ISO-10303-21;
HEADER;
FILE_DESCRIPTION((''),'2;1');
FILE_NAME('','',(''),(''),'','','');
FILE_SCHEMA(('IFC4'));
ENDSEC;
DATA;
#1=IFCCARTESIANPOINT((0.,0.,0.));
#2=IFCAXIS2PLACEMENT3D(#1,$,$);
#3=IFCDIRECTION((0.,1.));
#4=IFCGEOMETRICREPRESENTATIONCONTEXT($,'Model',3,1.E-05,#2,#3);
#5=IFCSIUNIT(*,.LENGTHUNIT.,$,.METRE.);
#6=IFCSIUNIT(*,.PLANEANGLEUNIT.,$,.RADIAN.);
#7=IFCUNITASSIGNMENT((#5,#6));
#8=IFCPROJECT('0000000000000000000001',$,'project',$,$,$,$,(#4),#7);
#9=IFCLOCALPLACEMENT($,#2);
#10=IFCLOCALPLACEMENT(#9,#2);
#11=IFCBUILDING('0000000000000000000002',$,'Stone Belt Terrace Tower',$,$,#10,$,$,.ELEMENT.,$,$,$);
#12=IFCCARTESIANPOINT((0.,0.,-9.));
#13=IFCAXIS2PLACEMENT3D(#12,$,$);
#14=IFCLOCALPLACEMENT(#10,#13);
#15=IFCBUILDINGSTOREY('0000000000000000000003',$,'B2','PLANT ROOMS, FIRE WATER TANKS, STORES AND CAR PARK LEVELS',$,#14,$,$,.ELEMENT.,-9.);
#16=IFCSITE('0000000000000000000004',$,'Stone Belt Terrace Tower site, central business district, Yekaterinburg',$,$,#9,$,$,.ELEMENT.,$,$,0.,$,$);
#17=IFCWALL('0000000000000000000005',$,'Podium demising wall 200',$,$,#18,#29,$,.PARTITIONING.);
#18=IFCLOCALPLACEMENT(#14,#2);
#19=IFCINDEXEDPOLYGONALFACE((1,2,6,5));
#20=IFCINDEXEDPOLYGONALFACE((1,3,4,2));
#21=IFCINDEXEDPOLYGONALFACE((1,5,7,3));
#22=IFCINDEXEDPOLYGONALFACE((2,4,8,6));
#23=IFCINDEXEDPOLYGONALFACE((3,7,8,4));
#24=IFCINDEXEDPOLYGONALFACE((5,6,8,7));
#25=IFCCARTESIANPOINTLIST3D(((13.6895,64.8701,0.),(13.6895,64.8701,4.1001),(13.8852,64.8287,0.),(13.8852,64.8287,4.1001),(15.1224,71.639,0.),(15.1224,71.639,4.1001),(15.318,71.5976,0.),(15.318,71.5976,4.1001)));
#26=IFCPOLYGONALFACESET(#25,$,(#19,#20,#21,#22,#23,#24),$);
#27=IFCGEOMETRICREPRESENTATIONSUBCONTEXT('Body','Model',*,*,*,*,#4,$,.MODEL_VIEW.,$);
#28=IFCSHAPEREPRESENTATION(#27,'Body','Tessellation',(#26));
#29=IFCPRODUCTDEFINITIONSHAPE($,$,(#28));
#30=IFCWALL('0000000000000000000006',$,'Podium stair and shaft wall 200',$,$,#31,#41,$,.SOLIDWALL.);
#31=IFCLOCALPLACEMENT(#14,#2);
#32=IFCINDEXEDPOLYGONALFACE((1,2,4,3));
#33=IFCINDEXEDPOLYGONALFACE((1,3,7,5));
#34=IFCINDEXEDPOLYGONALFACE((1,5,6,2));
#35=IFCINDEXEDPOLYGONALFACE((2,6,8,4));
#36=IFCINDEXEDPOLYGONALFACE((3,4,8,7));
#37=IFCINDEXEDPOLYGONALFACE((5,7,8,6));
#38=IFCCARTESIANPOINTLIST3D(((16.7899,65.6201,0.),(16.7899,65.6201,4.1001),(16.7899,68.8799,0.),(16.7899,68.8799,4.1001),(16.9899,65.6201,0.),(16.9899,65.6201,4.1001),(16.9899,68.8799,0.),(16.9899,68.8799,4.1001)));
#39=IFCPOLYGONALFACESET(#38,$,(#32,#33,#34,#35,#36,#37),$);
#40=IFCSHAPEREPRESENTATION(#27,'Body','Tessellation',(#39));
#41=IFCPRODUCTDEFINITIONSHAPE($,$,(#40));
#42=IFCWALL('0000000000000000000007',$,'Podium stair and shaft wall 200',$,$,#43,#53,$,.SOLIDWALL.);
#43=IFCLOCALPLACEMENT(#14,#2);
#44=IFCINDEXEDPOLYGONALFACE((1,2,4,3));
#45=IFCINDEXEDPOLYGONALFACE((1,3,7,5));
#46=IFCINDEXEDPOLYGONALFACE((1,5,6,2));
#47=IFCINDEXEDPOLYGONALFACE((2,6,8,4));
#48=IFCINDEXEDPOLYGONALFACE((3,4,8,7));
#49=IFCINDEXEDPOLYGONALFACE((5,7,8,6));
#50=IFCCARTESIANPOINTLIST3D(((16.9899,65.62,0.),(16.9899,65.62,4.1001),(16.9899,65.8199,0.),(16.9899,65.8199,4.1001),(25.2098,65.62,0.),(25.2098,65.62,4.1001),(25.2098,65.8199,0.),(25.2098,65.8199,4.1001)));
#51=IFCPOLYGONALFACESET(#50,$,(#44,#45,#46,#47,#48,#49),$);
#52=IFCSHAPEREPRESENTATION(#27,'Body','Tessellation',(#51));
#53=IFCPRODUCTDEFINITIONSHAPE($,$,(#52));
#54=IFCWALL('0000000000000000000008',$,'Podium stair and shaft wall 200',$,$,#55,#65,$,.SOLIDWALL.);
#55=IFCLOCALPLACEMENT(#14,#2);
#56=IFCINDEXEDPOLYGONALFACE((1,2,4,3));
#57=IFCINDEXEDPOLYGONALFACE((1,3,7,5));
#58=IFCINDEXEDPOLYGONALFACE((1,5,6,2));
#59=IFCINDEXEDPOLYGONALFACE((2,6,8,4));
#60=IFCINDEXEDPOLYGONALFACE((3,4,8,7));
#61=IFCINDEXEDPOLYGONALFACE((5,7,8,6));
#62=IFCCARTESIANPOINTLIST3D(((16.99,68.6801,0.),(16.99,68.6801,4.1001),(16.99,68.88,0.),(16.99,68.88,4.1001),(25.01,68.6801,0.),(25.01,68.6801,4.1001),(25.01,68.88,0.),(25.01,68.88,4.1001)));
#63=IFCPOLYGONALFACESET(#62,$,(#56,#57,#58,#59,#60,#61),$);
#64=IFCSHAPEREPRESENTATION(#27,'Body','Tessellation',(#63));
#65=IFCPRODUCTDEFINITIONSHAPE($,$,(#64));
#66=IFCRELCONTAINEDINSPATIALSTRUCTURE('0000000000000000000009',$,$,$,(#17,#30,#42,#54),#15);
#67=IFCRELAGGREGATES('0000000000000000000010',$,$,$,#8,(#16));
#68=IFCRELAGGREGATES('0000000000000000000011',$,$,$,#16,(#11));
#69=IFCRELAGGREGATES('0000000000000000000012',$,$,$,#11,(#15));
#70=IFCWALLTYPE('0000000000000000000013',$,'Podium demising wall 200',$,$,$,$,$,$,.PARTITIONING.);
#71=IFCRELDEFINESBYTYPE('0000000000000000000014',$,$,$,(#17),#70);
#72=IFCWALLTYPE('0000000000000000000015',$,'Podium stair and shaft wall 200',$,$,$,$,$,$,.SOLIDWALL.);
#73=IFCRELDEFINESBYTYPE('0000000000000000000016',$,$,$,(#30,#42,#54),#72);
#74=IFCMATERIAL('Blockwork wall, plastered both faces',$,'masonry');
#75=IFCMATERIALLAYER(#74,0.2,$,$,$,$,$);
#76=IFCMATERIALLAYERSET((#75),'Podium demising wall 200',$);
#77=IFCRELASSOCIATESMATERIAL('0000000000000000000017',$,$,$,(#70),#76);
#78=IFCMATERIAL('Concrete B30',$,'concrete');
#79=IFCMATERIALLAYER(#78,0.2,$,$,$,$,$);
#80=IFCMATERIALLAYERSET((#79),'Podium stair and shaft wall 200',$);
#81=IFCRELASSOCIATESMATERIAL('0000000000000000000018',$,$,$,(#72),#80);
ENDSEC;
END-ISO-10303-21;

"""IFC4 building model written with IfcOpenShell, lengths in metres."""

from ifc_helpers import new_model, si_unit, direction, frame, frame_2d, origin, place, context, subcontext, project, spatial, rectangle, extrude, material, layer, layer_set, type_object, element, save


model = new_model("IFC4")

# Units and contexts
model_context = context("Model", 3, precision=1e-05, world=origin(), true_north=direction((0.0, 1.0)))
body_context = subcontext(model_context, "Body", "Model", "MODEL_VIEW")
ifc_project = project(units=[si_unit("LENGTHUNIT", "METRE"), si_unit("PLANEANGLEUNIT", "RADIAN")], contexts=[model_context])

# Site, building, storey
site_placement = place(None, origin())
site = spatial("IfcSite", under=ifc_project, at=site_placement, Name="Stone Belt Terrace Tower site, central business district, Yekaterinburg", CompositionType="ELEMENT", RefElevation=0.0)
building_placement = place(site_placement, origin())
building = spatial("IfcBuilding", under=site, at=building_placement, Name="Stone Belt Terrace Tower", CompositionType="ELEMENT")
storey_placement = place(building_placement, frame((0.0, 0.0, -9.0)))
storey = spatial("IfcBuildingStorey", under=building, at=storey_placement, Name="B2", Description="PLANT ROOMS, FIRE WATER TANKS, STORES AND CAR PARK LEVELS", CompositionType="ELEMENT", Elevation=-9.0)

# Walls
ifc_material_1 = material(Name="Concrete B30", Category="concrete")
ifc_material_2 = material(Name="Blockwork wall, plastered both faces", Category="masonry")
ifc_layer_1 = layer(ifc_material_2, 0.2)
ifc_layer_set_1 = layer_set([ifc_layer_1], Name="Podium demising wall 200")
wall_type_1 = type_object("IfcWallType", Name="Podium demising wall 200", PredefinedType="PARTITIONING", material=ifc_layer_set_1)
wall_1_placement = place(storey_placement, frame((13.7874, 64.8494, 0.0), z_axis=(0.0, 0.0, 1.0), x_axis=(0.20709, 0.978322, 0.0)))
element("IfcWall", 1, at=wall_1_placement, inside=storey, type_object=wall_type_1, Name="Podium demising wall 200", PredefinedType="PARTITIONING", context=body_context, shape_type="SweptSolid", body=[
    extrude(rectangle(XDim=6.9189, YDim=0.2, at=frame_2d((3.4595, 0.0))), origin(), (0.0, 0.0, 1.0), 4.1001),
])
ifc_layer_2 = layer(ifc_material_1, 0.2)
ifc_layer_set_2 = layer_set([ifc_layer_2], Name="Podium stair and shaft wall 200")
wall_type_2 = type_object("IfcWallType", Name="Podium stair and shaft wall 200", PredefinedType="SOLIDWALL", material=ifc_layer_set_2)
wall_2_placement = place(storey_placement, frame((16.8899, 65.6201, 0.0), z_axis=(0.0, 0.0, 1.0), x_axis=(0.0, 1.0, 0.0)))
element("IfcWall", 2, at=wall_2_placement, inside=storey, type_object=wall_type_2, Name="Podium stair and shaft wall 200", PredefinedType="SOLIDWALL", context=body_context, shape_type="SweptSolid", body=[
    extrude(rectangle(XDim=3.2598, YDim=0.2, at=frame_2d((1.6299, 0.0))), origin(), (0.0, 0.0, 1.0), 4.1001),
])
wall_3_placement = place(storey_placement, frame((16.99, 65.72, 0.0), z_axis=(0.0, 0.0, 1.0), x_axis=(1.0, 0.0, 0.0)))
element("IfcWall", 3, at=wall_3_placement, inside=storey, type_object=wall_type_2, Name="Podium stair and shaft wall 200", PredefinedType="SOLIDWALL", context=body_context, shape_type="SweptSolid", body=[
    extrude(rectangle(XDim=8.22, YDim=0.2, at=frame_2d((4.1099, 0.0))), origin(), (0.0, 0.0, 1.0), 4.1001),
])
wall_4_placement = place(storey_placement, frame((16.99, 68.78, 0.0), z_axis=(0.0, 0.0, 1.0), x_axis=(1.0, 0.0, 0.0)))
element("IfcWall", 4, at=wall_4_placement, inside=storey, type_object=wall_type_2, Name="Podium stair and shaft wall 200", PredefinedType="SOLIDWALL", context=body_context, shape_type="SweptSolid", body=[
    extrude(rectangle(XDim=8.02, YDim=0.2, at=frame_2d((4.01, 0.0))), origin(), (0.0, 0.0, 1.0), 4.1001),
])

save(model, "model.ifc")
